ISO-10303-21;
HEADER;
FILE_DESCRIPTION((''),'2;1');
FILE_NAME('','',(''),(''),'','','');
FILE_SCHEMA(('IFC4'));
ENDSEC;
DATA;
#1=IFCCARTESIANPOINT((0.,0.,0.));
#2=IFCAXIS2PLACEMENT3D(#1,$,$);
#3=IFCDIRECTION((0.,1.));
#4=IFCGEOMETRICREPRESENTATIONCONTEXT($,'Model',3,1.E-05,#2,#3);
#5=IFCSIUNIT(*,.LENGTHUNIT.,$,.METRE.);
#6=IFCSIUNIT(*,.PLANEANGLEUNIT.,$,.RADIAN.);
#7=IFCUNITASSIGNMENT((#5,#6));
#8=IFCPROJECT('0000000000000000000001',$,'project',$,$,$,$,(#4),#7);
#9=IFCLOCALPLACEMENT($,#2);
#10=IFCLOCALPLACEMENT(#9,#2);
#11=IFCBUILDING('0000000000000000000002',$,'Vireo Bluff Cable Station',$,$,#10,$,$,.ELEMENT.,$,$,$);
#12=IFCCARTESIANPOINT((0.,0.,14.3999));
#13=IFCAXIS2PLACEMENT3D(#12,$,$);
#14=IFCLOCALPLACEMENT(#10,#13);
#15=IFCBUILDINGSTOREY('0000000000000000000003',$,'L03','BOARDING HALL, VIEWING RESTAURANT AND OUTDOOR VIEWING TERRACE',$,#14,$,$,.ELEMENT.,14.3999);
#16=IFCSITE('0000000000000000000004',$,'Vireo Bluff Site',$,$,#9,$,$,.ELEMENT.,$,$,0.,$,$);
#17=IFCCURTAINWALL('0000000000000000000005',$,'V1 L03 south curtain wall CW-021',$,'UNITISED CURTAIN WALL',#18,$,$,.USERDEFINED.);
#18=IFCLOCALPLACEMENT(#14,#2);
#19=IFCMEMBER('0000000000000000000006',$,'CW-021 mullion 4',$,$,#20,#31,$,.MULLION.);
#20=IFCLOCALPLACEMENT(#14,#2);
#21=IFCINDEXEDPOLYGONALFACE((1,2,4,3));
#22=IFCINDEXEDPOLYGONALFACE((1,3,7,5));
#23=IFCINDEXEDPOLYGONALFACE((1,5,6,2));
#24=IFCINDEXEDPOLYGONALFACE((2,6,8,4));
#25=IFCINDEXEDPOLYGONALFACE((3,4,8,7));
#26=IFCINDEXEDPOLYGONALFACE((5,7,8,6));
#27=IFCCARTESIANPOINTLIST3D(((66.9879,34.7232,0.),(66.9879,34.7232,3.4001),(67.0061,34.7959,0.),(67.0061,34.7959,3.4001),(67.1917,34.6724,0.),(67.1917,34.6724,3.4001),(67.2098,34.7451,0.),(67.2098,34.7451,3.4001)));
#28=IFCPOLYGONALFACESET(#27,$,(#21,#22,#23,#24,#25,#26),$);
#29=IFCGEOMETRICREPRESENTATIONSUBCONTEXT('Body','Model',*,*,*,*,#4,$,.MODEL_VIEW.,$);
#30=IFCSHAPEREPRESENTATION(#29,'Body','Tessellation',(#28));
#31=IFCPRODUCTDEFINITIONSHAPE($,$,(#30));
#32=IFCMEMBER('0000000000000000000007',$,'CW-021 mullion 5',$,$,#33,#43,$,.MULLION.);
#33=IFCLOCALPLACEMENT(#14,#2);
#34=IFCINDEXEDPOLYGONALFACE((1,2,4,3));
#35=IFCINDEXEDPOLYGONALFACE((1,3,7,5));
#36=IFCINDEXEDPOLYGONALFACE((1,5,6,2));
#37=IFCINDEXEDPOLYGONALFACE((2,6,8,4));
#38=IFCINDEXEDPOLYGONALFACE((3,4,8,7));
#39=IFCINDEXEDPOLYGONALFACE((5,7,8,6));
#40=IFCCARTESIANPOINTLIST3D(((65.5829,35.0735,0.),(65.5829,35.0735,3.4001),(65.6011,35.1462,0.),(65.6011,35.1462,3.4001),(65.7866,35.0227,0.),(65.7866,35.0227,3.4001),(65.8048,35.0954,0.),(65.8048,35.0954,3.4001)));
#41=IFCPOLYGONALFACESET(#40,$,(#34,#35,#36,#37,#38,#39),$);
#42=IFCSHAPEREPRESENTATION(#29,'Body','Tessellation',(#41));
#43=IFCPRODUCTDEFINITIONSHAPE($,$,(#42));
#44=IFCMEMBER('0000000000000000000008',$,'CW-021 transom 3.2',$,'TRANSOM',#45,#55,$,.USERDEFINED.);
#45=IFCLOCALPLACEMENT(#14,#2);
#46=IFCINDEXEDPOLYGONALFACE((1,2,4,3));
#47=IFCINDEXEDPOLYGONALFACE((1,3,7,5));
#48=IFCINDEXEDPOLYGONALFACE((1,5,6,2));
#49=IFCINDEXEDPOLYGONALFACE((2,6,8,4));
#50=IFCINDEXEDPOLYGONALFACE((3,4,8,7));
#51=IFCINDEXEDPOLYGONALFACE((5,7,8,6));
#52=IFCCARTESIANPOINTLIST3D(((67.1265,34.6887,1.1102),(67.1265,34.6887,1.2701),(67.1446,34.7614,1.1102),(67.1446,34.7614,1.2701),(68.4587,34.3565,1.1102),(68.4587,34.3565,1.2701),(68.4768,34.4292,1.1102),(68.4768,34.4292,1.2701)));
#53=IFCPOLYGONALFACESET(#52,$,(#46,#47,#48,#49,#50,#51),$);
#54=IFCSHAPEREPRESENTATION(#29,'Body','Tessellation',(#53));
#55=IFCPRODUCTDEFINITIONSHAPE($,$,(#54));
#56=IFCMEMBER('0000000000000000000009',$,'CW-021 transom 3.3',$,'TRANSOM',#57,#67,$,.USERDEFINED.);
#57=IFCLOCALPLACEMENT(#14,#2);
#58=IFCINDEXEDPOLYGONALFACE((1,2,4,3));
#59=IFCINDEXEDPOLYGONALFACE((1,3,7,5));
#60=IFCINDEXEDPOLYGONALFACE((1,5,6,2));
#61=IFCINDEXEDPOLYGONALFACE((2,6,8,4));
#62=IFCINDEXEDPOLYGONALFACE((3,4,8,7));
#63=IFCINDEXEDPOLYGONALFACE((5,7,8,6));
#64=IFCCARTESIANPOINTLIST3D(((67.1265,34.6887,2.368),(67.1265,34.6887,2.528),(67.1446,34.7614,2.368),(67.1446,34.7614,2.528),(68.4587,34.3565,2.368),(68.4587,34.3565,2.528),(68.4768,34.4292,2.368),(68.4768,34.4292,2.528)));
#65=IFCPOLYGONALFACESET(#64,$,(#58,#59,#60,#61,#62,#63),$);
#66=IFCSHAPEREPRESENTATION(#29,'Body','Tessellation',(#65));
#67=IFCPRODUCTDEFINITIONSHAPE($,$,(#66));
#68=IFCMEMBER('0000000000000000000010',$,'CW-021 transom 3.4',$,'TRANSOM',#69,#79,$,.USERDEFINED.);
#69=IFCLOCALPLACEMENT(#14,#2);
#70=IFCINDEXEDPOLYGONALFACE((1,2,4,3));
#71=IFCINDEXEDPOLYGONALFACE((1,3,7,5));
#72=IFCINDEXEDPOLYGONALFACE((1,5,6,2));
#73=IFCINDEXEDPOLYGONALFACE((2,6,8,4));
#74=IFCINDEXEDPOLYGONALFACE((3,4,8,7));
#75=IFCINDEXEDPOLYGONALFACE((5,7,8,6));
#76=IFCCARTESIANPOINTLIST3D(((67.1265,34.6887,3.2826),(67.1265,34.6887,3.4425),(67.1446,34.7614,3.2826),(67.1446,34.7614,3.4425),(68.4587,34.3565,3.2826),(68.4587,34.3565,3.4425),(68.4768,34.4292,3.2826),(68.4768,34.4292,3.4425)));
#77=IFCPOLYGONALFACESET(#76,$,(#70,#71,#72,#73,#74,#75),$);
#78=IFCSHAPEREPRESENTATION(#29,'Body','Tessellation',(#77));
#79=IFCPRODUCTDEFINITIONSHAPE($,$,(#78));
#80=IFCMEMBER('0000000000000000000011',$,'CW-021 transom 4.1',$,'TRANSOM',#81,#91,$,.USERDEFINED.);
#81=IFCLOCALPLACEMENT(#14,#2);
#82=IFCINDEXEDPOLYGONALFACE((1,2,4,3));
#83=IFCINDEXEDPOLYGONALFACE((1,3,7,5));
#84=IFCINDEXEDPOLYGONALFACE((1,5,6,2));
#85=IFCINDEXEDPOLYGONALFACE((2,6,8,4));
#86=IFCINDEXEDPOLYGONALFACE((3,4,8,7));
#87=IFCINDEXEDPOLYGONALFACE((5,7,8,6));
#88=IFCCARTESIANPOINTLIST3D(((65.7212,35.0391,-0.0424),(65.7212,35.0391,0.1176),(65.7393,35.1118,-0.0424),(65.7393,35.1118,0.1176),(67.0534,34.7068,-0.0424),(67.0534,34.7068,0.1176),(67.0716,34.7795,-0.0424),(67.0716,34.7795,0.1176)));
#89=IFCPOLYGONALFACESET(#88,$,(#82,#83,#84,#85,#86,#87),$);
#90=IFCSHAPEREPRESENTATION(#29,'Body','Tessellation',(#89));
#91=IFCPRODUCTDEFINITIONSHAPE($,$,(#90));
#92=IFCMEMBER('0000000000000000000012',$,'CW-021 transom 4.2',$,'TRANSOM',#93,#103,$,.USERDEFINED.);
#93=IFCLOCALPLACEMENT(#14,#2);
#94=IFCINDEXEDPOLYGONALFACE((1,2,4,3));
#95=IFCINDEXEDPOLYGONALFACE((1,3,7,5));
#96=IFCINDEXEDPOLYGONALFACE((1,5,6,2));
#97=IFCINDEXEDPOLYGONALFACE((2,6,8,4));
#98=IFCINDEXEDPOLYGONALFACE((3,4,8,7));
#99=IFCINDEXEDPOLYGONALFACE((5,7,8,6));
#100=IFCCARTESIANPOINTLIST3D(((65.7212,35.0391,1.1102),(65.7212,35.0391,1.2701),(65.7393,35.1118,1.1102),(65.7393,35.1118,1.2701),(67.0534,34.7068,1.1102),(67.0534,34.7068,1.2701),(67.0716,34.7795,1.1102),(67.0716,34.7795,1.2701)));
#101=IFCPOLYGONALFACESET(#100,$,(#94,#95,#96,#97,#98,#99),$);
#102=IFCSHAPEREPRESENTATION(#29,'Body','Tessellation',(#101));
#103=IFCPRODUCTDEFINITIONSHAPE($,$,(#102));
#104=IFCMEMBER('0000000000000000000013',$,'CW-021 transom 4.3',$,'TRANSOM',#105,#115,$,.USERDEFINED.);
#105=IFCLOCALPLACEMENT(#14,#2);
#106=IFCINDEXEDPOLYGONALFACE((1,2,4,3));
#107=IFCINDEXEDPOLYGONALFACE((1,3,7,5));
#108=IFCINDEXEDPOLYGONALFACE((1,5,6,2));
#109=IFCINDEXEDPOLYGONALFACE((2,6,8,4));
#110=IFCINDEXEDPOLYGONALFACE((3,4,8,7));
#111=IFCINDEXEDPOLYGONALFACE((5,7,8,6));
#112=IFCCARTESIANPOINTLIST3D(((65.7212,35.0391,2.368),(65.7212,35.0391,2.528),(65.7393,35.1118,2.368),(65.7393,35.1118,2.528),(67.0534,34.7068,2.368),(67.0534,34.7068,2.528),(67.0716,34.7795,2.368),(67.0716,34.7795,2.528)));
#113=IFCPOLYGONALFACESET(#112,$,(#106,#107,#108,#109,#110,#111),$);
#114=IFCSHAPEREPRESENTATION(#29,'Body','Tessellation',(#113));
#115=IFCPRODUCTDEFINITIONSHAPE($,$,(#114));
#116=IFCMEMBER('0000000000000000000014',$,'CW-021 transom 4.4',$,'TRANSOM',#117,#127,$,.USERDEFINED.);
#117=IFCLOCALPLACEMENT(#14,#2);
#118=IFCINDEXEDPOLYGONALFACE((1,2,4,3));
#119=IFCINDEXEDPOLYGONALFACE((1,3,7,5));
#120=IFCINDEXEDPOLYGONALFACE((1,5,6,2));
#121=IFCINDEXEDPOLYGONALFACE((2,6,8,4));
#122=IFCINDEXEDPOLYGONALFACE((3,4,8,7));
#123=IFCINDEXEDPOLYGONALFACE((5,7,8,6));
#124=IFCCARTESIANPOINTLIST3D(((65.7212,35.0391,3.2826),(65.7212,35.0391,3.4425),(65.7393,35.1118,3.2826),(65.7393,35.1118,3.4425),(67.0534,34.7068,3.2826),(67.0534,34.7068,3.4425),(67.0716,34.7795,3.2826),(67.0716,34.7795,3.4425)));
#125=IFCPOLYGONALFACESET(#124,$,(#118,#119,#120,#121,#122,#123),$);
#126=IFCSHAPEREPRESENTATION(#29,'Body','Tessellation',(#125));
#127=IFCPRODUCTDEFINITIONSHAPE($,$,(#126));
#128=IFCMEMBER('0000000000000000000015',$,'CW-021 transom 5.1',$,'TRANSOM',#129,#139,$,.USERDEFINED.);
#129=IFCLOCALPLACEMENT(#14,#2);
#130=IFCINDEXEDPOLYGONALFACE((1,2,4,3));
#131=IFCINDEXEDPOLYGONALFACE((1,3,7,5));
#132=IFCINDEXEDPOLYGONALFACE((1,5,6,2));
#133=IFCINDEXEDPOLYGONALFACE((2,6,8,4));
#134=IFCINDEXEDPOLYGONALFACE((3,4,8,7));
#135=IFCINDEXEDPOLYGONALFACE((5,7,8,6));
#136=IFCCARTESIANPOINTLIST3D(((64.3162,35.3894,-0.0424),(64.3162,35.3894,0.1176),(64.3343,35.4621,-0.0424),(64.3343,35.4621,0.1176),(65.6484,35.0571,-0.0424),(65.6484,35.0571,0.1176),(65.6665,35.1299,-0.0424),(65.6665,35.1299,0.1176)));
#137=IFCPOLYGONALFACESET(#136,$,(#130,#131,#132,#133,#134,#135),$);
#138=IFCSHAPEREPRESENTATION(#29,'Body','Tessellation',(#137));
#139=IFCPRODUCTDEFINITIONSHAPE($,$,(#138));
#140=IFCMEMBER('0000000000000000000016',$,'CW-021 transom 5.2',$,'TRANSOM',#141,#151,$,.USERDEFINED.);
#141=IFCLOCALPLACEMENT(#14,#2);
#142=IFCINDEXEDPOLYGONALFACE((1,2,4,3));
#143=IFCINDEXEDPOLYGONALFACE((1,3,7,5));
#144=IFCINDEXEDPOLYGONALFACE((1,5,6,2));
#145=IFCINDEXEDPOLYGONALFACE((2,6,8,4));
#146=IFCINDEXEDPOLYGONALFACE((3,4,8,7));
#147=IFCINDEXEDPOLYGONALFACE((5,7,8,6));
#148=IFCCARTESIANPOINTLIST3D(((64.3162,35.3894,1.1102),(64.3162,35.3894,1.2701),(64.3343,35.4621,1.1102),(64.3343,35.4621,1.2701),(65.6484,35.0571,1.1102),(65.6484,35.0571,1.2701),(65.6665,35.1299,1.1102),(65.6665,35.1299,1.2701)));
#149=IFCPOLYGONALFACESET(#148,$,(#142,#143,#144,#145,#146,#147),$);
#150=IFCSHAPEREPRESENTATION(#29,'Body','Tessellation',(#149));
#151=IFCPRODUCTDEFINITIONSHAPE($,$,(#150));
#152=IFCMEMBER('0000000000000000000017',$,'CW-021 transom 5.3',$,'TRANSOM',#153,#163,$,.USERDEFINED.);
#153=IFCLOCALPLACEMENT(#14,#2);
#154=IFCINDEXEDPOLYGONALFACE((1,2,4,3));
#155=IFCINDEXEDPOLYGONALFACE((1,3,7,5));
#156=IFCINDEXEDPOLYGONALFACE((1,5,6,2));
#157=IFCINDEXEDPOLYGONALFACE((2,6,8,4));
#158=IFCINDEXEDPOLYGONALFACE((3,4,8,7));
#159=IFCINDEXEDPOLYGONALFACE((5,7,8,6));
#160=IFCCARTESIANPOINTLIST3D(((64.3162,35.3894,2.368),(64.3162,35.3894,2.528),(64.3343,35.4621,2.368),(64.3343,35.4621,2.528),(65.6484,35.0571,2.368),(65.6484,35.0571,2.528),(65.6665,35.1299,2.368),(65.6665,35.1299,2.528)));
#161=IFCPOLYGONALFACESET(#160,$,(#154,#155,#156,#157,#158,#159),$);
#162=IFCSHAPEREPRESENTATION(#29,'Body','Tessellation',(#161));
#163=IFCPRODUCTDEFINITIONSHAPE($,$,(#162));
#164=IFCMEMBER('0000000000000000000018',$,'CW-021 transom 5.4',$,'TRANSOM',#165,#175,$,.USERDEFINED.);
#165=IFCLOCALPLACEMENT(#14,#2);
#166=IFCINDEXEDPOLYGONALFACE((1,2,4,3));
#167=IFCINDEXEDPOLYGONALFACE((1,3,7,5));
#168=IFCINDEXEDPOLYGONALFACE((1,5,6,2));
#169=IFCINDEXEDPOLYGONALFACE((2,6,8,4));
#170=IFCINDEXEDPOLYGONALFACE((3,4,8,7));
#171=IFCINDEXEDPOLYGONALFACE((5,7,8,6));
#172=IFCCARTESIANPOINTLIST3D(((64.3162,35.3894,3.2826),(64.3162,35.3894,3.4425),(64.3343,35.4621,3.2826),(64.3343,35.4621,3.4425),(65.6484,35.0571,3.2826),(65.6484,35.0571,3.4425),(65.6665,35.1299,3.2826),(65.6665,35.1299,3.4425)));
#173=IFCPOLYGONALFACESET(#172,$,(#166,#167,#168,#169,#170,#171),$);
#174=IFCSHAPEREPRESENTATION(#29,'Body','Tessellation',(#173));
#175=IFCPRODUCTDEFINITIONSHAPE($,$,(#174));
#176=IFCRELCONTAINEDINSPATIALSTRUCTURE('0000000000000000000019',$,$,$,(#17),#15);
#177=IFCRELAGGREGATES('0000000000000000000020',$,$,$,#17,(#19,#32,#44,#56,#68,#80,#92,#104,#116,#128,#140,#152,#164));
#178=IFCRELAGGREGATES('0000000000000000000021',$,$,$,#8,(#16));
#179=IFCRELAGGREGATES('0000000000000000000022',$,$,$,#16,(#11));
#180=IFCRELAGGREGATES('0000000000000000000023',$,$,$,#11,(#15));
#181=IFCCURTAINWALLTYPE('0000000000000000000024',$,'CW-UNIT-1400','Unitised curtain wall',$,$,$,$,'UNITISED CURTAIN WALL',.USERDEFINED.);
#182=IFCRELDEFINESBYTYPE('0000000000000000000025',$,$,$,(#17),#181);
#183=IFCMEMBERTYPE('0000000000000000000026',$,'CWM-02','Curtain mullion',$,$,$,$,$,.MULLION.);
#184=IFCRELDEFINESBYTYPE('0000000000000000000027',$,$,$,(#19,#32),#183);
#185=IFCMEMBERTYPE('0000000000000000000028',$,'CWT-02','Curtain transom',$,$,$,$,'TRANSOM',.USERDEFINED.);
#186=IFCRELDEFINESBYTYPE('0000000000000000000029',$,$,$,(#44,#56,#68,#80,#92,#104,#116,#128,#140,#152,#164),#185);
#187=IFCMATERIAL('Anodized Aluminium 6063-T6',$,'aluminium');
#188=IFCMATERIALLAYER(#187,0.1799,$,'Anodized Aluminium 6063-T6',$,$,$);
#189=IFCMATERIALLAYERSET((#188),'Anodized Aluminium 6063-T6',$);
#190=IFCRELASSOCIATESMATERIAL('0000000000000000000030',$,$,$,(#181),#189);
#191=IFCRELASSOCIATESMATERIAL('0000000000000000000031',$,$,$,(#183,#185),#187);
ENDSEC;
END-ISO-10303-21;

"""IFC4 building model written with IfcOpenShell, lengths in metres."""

from ifc_helpers import new_model, si_unit, direction, frame, origin, origin_2d, place, context, subcontext, project, spatial, rectangle, extrude, material, layer, layer_set, material_profile, profile_set, type_object, element, aggregate, save


model = new_model("IFC4")

# Units and contexts
model_context = context("Model", 3, precision=1e-05, world=origin(), true_north=direction((0.0, 1.0)))
body_context = subcontext(model_context, "Body", "Model", "MODEL_VIEW")
ifc_project = project(units=[si_unit("LENGTHUNIT", "METRE"), si_unit("PLANEANGLEUNIT", "RADIAN")], contexts=[model_context])

# Site, building, storey
site_placement = place(None, origin())
site = spatial("IfcSite", under=ifc_project, at=site_placement, Name="Vireo Bluff Site", CompositionType="ELEMENT", RefElevation=0.0)
building_placement = place(site_placement, origin())
building = spatial("IfcBuilding", under=site, at=building_placement, Name="Vireo Bluff Cable Station", CompositionType="ELEMENT")
storey_placement = place(building_placement, frame((0.0, 0.0, 14.3999)))
storey = spatial("IfcBuildingStorey", under=building, at=storey_placement, Name="L03", Description="BOARDING HALL, VIEWING RESTAURANT AND OUTDOOR VIEWING TERRACE", CompositionType="ELEMENT", Elevation=14.3999)

# Curtain wall, members
ifc_material_1 = material(Name="Anodized Aluminium 6063-T6", Category="aluminium")
ifc_layer_1 = layer(ifc_material_1, 0.1799, Name="Anodized Aluminium 6063-T6")
ifc_layer_set_1 = layer_set([ifc_layer_1], Name="Anodized Aluminium 6063-T6")
curtain_wall_type = type_object("IfcCurtainWallType", Name="CW-UNIT-1400", Description="Unitised curtain wall", ElementType="UNITISED CURTAIN WALL", PredefinedType="USERDEFINED", material=ifc_layer_set_1)
curtain_wall_placement = place(storey_placement, origin())
curtain_wall = element("IfcCurtainWall", 1, at=curtain_wall_placement, inside=storey, type_object=curtain_wall_type, Name="V1 L03 south curtain wall CW-021", ObjectType="UNITISED CURTAIN WALL", PredefinedType="USERDEFINED")
ifc_material_profile_1 = material_profile(ifc_material_1, rectangle(XDim=0.075, YDim=0.21, at=origin_2d()), Name="ALU-M-75X210")
ifc_profile_set_1 = profile_set([ifc_material_profile_1], Name="Anodized Aluminium 6063-T6")
member_type_1 = type_object("IfcMemberType", Name="CWM-02", Description="Curtain mullion", PredefinedType="MULLION", material=ifc_profile_set_1)
member_1_placement = place(storey_placement, frame((67.0989, 34.7341, 0.0), z_axis=(0.0, 0.0, 1.0), x_axis=(-0.241922, -0.970296, 0.0)))
member_1 = element("IfcMember", 2, at=member_1_placement, type_object=member_type_1, Name="CW-021 mullion 4", PredefinedType="MULLION", context=body_context, shape_type="SweptSolid", body=[
    extrude(rectangle(XDim=0.075, YDim=0.21, at=origin_2d()), origin(), (0.0, 0.0, 1.0), 3.4001),
])
member_2_placement = place(storey_placement, frame((65.6938, 35.0845, 0.0), z_axis=(0.0, 0.0, 1.0), x_axis=(-0.241922, -0.970296, 0.0)))
member_2 = element("IfcMember", 3, at=member_2_placement, type_object=member_type_1, Name="CW-021 mullion 5", PredefinedType="MULLION", context=body_context, shape_type="SweptSolid", body=[
    extrude(rectangle(XDim=0.075, YDim=0.21, at=origin_2d()), origin(), (0.0, 0.0, 1.0), 3.4001),
])
ifc_material_profile_2 = material_profile(ifc_material_1, rectangle(XDim=0.075, YDim=0.1599, at=origin_2d()), Name="ALU-T-75X160")
ifc_profile_set_2 = profile_set([ifc_material_profile_2], Name="Anodized Aluminium 6063-T6")
member_type_2 = type_object("IfcMemberType", Name="CWT-02", Description="Curtain transom", ElementType="TRANSOM", PredefinedType="USERDEFINED", material=ifc_profile_set_2)
member_3_placement = place(storey_placement, frame((68.4678, 34.3928, 1.1902), z_axis=(-0.970278, 0.241992, 0.0), x_axis=(-0.241992, -0.970278, 0.0)))
member_3 = element("IfcMember", 4, at=member_3_placement, type_object=member_type_2, Name="CW-021 transom 3.2", ObjectType="TRANSOM", PredefinedType="USERDEFINED", context=body_context, shape_type="SweptSolid", body=[
    extrude(rectangle(XDim=0.075, YDim=0.1599, at=origin_2d()), origin(), (0.0, 0.0, 1.0), 1.373),
])
member_4_placement = place(storey_placement, frame((68.4678, 34.3928, 2.448), z_axis=(-0.970278, 0.241992, 0.0), x_axis=(-0.241992, -0.970278, 0.0)))
member_4 = element("IfcMember", 5, at=member_4_placement, type_object=member_type_2, Name="CW-021 transom 3.3", ObjectType="TRANSOM", PredefinedType="USERDEFINED", context=body_context, shape_type="SweptSolid", body=[
    extrude(rectangle(XDim=0.075, YDim=0.1599, at=origin_2d()), origin(), (0.0, 0.0, 1.0), 1.373),
])
member_5_placement = place(storey_placement, frame((68.4678, 34.3928, 3.3625), z_axis=(-0.970278, 0.241992, 0.0), x_axis=(-0.241992, -0.970278, 0.0)))
member_5 = element("IfcMember", 6, at=member_5_placement, type_object=member_type_2, Name="CW-021 transom 3.4", ObjectType="TRANSOM", PredefinedType="USERDEFINED", context=body_context, shape_type="SweptSolid", body=[
    extrude(rectangle(XDim=0.075, YDim=0.1599, at=origin_2d()), origin(), (0.0, 0.0, 1.0), 1.373),
])
member_6_placement = place(storey_placement, frame((67.0625, 34.7432, 0.0376), z_axis=(-0.970278, 0.241992, 0.0), x_axis=(-0.241992, -0.970278, 0.0)))
member_6 = element("IfcMember", 7, at=member_6_placement, type_object=member_type_2, Name="CW-021 transom 4.1", ObjectType="TRANSOM", PredefinedType="USERDEFINED", context=body_context, shape_type="SweptSolid", body=[
    extrude(rectangle(XDim=0.075, YDim=0.1599, at=origin_2d()), origin(), (0.0, 0.0, 1.0), 1.373),
])
member_7_placement = place(storey_placement, frame((67.0625, 34.7432, 1.1902), z_axis=(-0.970278, 0.241992, 0.0), x_axis=(-0.241992, -0.970278, 0.0)))
member_7 = element("IfcMember", 8, at=member_7_placement, type_object=member_type_2, Name="CW-021 transom 4.2", ObjectType="TRANSOM", PredefinedType="USERDEFINED", context=body_context, shape_type="SweptSolid", body=[
    extrude(rectangle(XDim=0.075, YDim=0.1599, at=origin_2d()), origin(), (0.0, 0.0, 1.0), 1.373),
])
member_8_placement = place(storey_placement, frame((67.0625, 34.7432, 2.448), z_axis=(-0.970278, 0.241992, 0.0), x_axis=(-0.241992, -0.970278, 0.0)))
member_8 = element("IfcMember", 9, at=member_8_placement, type_object=member_type_2, Name="CW-021 transom 4.3", ObjectType="TRANSOM", PredefinedType="USERDEFINED", context=body_context, shape_type="SweptSolid", body=[
    extrude(rectangle(XDim=0.075, YDim=0.1599, at=origin_2d()), origin(), (0.0, 0.0, 1.0), 1.373),
])
member_9_placement = place(storey_placement, frame((67.0625, 34.7432, 3.3625), z_axis=(-0.970278, 0.241992, 0.0), x_axis=(-0.241992, -0.970278, 0.0)))
member_9 = element("IfcMember", 10, at=member_9_placement, type_object=member_type_2, Name="CW-021 transom 4.4", ObjectType="TRANSOM", PredefinedType="USERDEFINED", context=body_context, shape_type="SweptSolid", body=[
    extrude(rectangle(XDim=0.075, YDim=0.1599, at=origin_2d()), origin(), (0.0, 0.0, 1.0), 1.373),
])
member_10_placement = place(storey_placement, frame((65.6575, 35.0935, 0.0376), z_axis=(-0.970278, 0.241992, 0.0), x_axis=(-0.241992, -0.970278, 0.0)))
member_10 = element("IfcMember", 11, at=member_10_placement, type_object=member_type_2, Name="CW-021 transom 5.1", ObjectType="TRANSOM", PredefinedType="USERDEFINED", context=body_context, shape_type="SweptSolid", body=[
    extrude(rectangle(XDim=0.075, YDim=0.1599, at=origin_2d()), origin(), (0.0, 0.0, 1.0), 1.373),
])
member_11_placement = place(storey_placement, frame((65.6575, 35.0935, 1.1902), z_axis=(-0.970278, 0.241992, 0.0), x_axis=(-0.241992, -0.970278, 0.0)))
member_11 = element("IfcMember", 12, at=member_11_placement, type_object=member_type_2, Name="CW-021 transom 5.2", ObjectType="TRANSOM", PredefinedType="USERDEFINED", context=body_context, shape_type="SweptSolid", body=[
    extrude(rectangle(XDim=0.075, YDim=0.1599, at=origin_2d()), origin(), (0.0, 0.0, 1.0), 1.373),
])
member_12_placement = place(storey_placement, frame((65.6575, 35.0935, 2.448), z_axis=(-0.970278, 0.241992, 0.0), x_axis=(-0.241992, -0.970278, 0.0)))
member_12 = element("IfcMember", 13, at=member_12_placement, type_object=member_type_2, Name="CW-021 transom 5.3", ObjectType="TRANSOM", PredefinedType="USERDEFINED", context=body_context, shape_type="SweptSolid", body=[
    extrude(rectangle(XDim=0.075, YDim=0.1599, at=origin_2d()), origin(), (0.0, 0.0, 1.0), 1.373),
])
member_13_placement = place(storey_placement, frame((65.6575, 35.0935, 3.3625), z_axis=(-0.970278, 0.241992, 0.0), x_axis=(-0.241992, -0.970278, 0.0)))
member_13 = element("IfcMember", 14, at=member_13_placement, type_object=member_type_2, Name="CW-021 transom 5.4", ObjectType="TRANSOM", PredefinedType="USERDEFINED", context=body_context, shape_type="SweptSolid", body=[
    extrude(rectangle(XDim=0.075, YDim=0.1599, at=origin_2d()), origin(), (0.0, 0.0, 1.0), 1.373),
])

aggregate(curtain_wall, [member_1, member_2, member_3, member_4, member_5, member_6, member_7, member_8, member_9, member_10, member_11, member_12, member_13])

save(model, "model.ifc")
